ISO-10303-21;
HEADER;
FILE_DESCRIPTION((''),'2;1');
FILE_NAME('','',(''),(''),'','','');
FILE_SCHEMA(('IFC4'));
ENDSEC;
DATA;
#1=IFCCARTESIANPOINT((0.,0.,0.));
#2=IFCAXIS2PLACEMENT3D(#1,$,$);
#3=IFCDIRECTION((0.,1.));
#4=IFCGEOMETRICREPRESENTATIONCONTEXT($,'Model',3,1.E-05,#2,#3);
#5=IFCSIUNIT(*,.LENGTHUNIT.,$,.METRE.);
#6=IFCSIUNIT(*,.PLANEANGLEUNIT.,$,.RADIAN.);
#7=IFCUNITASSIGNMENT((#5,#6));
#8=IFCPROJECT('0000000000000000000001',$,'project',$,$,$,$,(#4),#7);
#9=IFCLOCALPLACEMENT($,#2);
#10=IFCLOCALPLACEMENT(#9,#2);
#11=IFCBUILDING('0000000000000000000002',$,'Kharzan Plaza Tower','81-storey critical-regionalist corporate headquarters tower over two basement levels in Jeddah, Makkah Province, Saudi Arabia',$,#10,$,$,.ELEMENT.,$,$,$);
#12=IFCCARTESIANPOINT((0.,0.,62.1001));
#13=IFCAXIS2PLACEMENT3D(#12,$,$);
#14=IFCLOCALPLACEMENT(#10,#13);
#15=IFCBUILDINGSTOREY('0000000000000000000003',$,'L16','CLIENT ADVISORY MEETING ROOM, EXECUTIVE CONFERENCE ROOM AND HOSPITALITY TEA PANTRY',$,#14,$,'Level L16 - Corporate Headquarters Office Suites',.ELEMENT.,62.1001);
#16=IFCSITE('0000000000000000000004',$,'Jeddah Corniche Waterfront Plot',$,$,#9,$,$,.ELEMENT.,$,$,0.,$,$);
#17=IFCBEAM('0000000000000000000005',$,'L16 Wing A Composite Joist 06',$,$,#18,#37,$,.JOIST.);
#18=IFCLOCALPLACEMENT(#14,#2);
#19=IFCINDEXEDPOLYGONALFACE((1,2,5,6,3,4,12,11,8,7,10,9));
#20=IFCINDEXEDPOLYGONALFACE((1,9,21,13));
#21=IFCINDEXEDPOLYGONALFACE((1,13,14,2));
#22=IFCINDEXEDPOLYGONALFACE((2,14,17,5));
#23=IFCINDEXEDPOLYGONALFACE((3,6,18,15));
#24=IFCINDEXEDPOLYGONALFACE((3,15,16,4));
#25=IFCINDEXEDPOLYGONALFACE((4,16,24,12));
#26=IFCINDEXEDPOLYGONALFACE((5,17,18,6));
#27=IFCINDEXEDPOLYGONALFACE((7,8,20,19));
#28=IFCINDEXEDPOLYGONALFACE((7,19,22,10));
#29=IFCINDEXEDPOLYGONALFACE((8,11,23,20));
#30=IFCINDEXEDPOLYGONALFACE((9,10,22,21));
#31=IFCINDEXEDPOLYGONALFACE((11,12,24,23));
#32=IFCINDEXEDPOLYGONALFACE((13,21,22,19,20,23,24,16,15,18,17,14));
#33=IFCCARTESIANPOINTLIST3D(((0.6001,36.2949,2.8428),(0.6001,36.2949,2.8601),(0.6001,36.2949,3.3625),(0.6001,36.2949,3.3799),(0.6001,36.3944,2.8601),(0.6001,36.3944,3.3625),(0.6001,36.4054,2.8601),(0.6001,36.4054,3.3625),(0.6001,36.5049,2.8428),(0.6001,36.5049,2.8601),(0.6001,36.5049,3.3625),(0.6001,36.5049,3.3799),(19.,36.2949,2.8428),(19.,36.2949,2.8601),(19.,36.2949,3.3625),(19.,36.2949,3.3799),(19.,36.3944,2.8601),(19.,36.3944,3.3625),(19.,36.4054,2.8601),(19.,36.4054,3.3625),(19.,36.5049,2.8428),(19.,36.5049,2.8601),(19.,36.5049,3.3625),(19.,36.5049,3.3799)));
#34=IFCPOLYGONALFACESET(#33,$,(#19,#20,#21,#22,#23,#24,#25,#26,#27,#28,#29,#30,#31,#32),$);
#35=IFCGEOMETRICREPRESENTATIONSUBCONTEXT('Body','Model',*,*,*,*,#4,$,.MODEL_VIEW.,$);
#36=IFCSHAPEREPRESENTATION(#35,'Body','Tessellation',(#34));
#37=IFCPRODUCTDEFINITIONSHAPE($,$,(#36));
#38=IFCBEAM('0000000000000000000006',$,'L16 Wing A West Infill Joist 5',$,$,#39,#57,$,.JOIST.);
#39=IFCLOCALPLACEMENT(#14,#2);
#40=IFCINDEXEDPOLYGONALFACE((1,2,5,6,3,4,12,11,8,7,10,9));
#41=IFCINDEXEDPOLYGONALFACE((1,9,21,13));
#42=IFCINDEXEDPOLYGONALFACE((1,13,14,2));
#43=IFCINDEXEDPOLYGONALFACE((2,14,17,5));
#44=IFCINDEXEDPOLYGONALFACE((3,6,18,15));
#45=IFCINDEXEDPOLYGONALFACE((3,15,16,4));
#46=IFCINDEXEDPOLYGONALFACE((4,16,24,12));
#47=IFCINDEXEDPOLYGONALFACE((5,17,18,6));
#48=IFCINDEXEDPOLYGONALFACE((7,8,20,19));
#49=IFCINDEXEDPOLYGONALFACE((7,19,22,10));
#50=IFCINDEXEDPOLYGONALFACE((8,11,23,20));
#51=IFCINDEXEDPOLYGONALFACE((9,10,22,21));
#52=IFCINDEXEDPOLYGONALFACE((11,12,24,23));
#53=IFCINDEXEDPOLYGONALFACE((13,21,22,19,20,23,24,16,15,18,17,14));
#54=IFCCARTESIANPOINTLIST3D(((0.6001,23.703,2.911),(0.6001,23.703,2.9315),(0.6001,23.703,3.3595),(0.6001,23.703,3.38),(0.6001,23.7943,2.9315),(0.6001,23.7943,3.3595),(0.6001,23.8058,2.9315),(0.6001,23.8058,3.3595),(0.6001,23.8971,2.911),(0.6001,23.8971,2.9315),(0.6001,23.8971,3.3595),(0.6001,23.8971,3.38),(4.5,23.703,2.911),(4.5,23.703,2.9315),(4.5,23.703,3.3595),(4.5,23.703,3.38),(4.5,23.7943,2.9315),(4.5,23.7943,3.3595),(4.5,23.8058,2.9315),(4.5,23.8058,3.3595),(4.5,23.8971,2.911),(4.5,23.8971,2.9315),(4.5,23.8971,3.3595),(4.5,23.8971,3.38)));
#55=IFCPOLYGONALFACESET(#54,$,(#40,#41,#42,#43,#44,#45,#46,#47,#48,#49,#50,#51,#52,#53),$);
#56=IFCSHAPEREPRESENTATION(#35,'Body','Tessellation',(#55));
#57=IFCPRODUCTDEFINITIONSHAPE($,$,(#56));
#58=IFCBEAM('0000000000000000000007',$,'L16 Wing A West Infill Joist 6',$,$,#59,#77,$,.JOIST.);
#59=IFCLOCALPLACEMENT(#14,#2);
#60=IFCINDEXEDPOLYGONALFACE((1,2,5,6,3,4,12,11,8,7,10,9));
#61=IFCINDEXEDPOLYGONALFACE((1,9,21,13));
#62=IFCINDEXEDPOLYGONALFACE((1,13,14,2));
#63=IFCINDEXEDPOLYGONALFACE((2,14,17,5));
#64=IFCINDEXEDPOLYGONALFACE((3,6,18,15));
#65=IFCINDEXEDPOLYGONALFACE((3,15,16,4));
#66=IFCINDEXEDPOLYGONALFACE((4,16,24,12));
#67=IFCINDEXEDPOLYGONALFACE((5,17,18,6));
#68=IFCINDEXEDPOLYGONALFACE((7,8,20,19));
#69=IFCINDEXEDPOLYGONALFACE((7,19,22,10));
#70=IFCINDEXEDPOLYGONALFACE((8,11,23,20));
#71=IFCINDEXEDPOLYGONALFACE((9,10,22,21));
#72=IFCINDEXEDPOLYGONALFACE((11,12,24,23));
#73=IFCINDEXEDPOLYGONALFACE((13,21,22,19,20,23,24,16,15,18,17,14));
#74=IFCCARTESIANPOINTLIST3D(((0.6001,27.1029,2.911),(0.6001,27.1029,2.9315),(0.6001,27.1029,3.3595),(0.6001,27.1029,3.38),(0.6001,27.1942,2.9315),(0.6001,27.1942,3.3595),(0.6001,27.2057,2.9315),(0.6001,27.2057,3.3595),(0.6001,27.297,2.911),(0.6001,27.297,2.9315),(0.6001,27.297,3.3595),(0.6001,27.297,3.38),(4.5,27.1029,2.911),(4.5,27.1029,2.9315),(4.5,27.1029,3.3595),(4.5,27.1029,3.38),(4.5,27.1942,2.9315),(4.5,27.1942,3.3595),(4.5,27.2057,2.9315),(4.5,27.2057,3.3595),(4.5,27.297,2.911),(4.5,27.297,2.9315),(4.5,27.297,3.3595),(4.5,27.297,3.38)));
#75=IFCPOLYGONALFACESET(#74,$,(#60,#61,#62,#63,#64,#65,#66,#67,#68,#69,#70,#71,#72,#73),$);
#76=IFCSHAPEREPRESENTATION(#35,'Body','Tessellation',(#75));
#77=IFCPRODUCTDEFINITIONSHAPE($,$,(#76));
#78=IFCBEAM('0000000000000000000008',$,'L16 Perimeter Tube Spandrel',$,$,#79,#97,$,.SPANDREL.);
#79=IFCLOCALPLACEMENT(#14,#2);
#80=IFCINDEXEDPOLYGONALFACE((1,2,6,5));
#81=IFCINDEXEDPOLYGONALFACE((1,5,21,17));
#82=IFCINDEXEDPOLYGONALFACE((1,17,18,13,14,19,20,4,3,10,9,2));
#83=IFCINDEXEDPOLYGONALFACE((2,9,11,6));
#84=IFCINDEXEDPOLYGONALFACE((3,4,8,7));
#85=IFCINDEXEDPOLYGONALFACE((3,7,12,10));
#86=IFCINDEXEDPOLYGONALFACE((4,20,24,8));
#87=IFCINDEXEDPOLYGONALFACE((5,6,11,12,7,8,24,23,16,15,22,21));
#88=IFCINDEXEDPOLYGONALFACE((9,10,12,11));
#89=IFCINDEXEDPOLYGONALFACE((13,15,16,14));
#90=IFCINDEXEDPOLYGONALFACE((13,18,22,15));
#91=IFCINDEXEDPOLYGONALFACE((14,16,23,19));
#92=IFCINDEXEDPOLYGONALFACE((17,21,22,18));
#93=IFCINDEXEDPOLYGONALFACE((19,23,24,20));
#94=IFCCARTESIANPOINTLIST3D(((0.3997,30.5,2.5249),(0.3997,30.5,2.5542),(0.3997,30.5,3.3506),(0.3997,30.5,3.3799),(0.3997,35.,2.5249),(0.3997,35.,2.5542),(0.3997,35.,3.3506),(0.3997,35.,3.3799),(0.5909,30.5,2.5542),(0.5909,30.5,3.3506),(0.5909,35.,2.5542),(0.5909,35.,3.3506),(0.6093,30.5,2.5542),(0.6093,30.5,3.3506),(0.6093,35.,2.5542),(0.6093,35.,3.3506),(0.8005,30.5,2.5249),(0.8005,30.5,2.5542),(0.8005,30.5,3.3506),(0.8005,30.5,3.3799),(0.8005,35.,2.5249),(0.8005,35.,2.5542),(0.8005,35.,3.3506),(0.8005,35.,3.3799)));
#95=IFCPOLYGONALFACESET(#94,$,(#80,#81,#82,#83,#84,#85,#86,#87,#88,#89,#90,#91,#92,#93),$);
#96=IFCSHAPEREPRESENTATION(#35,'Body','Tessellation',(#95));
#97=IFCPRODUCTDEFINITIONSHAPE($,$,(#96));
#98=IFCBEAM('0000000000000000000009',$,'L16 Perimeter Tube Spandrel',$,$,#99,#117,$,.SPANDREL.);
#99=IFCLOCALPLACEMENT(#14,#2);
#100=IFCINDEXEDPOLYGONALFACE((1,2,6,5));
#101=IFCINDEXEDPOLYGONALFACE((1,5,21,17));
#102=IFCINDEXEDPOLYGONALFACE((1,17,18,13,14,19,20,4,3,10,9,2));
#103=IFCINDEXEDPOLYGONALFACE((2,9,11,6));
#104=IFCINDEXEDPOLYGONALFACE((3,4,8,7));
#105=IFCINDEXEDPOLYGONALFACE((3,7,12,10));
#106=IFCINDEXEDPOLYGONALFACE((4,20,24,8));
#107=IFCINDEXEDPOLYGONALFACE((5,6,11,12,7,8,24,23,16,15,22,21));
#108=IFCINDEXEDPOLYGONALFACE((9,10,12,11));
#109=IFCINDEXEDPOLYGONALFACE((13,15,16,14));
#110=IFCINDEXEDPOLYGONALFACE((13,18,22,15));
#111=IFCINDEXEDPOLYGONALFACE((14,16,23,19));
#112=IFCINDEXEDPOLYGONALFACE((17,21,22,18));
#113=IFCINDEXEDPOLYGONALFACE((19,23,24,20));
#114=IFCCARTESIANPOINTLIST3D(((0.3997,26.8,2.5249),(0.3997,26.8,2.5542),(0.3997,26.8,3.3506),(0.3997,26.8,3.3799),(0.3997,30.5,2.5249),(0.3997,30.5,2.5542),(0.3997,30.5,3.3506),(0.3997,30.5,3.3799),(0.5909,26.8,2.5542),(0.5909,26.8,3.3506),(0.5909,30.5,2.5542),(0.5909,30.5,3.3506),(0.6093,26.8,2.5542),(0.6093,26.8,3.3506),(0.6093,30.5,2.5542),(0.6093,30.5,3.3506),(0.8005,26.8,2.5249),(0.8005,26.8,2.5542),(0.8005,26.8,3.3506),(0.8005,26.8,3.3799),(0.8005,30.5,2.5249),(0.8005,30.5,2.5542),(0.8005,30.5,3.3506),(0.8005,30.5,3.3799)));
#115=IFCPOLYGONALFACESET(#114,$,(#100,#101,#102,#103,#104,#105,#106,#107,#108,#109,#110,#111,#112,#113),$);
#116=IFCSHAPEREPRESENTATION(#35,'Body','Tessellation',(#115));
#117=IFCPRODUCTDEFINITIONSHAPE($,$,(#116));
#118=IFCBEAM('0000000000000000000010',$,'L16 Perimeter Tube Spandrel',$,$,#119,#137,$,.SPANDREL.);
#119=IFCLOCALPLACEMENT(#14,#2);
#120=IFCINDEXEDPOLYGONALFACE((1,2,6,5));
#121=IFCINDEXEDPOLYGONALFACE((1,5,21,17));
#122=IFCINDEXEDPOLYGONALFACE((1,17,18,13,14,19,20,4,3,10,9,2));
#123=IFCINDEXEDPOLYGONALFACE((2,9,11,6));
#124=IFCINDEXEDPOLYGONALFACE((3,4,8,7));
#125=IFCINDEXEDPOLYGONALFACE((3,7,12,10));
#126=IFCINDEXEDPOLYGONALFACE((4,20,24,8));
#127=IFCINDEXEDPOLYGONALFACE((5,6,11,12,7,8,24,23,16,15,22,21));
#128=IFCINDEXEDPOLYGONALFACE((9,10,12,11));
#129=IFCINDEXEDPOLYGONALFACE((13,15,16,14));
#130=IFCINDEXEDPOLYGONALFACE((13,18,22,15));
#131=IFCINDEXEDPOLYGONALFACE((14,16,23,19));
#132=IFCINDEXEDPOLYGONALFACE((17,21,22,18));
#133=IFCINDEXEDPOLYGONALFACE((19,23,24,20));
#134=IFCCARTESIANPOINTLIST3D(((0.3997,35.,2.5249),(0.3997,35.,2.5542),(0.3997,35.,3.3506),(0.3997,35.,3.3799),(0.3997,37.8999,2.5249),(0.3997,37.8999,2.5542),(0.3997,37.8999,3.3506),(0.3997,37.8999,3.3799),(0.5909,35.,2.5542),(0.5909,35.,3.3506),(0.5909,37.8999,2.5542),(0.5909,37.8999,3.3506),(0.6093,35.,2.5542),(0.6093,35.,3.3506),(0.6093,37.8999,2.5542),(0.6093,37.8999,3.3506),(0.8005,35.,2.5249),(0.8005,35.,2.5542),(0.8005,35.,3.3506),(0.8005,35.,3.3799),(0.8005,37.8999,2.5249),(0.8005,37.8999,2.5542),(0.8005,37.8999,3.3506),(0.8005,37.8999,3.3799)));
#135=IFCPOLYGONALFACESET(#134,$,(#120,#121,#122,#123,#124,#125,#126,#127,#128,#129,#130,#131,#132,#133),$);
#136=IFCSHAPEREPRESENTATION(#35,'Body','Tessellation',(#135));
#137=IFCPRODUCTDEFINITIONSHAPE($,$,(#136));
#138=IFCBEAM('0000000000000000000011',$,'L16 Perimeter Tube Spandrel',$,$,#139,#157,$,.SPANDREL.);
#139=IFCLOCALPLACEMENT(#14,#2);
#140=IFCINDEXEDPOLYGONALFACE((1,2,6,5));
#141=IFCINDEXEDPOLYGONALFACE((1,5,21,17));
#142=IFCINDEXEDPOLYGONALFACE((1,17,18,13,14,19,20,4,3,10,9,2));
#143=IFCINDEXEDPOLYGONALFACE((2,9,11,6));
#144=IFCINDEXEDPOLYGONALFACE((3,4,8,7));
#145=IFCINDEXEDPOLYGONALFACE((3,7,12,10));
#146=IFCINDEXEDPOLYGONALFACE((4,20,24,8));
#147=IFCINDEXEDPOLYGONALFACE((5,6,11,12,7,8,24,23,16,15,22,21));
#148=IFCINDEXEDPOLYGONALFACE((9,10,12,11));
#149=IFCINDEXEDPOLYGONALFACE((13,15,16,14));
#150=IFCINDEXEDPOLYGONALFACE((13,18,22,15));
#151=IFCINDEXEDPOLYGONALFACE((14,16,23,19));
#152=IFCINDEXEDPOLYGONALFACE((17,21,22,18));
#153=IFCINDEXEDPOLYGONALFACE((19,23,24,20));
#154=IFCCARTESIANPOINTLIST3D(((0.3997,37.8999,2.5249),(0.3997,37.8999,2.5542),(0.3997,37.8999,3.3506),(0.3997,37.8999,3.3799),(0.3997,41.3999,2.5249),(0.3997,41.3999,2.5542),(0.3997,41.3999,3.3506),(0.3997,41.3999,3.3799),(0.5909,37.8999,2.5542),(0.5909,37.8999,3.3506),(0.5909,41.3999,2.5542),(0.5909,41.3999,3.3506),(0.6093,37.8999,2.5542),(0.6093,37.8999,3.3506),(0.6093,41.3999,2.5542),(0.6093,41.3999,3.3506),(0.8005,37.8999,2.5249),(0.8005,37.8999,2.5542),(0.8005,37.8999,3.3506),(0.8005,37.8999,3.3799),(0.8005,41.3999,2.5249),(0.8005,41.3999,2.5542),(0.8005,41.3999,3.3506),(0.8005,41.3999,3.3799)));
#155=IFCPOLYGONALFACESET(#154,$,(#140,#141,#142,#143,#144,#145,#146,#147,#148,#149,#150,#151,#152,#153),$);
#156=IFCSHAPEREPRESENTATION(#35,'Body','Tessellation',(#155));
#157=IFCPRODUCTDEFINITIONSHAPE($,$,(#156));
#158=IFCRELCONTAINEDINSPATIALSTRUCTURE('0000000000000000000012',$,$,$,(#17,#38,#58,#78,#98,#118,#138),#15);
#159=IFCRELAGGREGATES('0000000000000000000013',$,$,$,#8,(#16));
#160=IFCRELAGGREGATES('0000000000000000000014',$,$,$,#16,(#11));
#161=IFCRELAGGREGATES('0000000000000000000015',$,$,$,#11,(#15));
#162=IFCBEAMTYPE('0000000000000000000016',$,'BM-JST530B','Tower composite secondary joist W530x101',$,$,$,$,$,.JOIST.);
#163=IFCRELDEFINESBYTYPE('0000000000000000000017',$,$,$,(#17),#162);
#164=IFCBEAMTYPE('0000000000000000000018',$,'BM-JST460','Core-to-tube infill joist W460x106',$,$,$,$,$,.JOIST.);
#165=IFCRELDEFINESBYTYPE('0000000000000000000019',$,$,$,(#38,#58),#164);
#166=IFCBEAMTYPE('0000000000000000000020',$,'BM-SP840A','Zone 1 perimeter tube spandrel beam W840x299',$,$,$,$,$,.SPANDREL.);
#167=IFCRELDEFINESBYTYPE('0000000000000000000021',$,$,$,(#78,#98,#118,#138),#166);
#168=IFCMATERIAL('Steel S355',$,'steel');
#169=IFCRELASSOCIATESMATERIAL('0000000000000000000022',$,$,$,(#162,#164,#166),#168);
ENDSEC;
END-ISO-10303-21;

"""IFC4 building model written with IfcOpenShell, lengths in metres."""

from ifc_helpers import new_model, si_unit, direction, frame, origin, origin_2d, place, context, subcontext, project, spatial, i_section, extrude, source, transform, mapped, material, material_profile, profile_set, type_object, element, save


model = new_model("IFC4")

# Units and contexts
model_context = context("Model", 3, precision=1e-05, world=origin(), true_north=direction((0.0, 1.0)))
body_context = subcontext(model_context, "Body", "Model", "MODEL_VIEW")
ifc_project = project(units=[si_unit("LENGTHUNIT", "METRE"), si_unit("PLANEANGLEUNIT", "RADIAN")], contexts=[model_context])

# Site, building, storey
site_placement = place(None, origin())
site = spatial("IfcSite", under=ifc_project, at=site_placement, Name="Jeddah Corniche Waterfront Plot", CompositionType="ELEMENT", RefElevation=0.0)
building_placement = place(site_placement, origin())
building = spatial("IfcBuilding", under=site, at=building_placement, Name="Kharzan Plaza Tower", Description="81-storey critical-regionalist corporate headquarters tower over two basement levels in Jeddah, Makkah Province, Saudi Arabia", CompositionType="ELEMENT")
storey_placement = place(building_placement, frame((0.0, 0.0, 62.1001)))
storey = spatial("IfcBuildingStorey", under=building, at=storey_placement, Name="L16", Description="CLIENT ADVISORY MEETING ROOM, EXECUTIVE CONFERENCE ROOM AND HOSPITALITY TEA PANTRY", LongName="Level L16 - Corporate Headquarters Office Suites", CompositionType="ELEMENT", Elevation=62.1001)

# Beams
ifc_material_1 = material(Name="Steel S355", Category="steel")
ifc_material_profile_1 = material_profile(ifc_material_1, i_section(OverallWidth=0.21, OverallDepth=0.5371, WebThickness=0.011, FlangeThickness=0.0173, at=origin_2d()), Name="W530x101")
ifc_profile_set_1 = profile_set([ifc_material_profile_1], Name="Steel S355")
beam_type_1 = type_object("IfcBeamType", Name="BM-JST530B", Description="Tower composite secondary joist W530x101", PredefinedType="JOIST", material=ifc_profile_set_1)
shared_shape_1 = source(origin(), body_context, "Body", "SweptSolid", [
    extrude(i_section(OverallWidth=0.21, OverallDepth=0.5371, WebThickness=0.011, FlangeThickness=0.0173, at=origin_2d()), origin(), (0.0, 0.0, 1.0), 18.3999),
])
for number, where, z_axis, x_axis, name in (
    (1, (0.6001, 36.3999, 3.1113), (1.0, 0.0, 0.0), (0.0, 1.0, 0.0), "L16 Wing A Composite Joist 06"),
):
    element("IfcBeam", number, at=place(storey_placement, frame(where, z_axis=z_axis, x_axis=x_axis)), inside=storey, type_object=beam_type_1, Name=name, PredefinedType="JOIST", context=body_context, shape_type="MappedRepresentation", body=[
        mapped(shared_shape_1, transform((0.0, 0.0, 0.0), x_axis=(1.0, 0.0, 0.0), y_axis=(0.0, 1.0, 0.0), z_axis=(0.0, 0.0, 1.0))),
    ])
ifc_material_profile_2 = material_profile(ifc_material_1, i_section(OverallWidth=0.1941, OverallDepth=0.469, WebThickness=0.0115, FlangeThickness=0.0205, at=origin_2d()), Name="W460x106")
ifc_profile_set_2 = profile_set([ifc_material_profile_2], Name="Steel S355")
beam_type_2 = type_object("IfcBeamType", Name="BM-JST460", Description="Core-to-tube infill joist W460x106", PredefinedType="JOIST", material=ifc_profile_set_2)
shared_shape_2 = source(origin(), body_context, "Body", "SweptSolid", [
    extrude(i_section(OverallWidth=0.1941, OverallDepth=0.469, WebThickness=0.0115, FlangeThickness=0.0205, at=origin_2d()), origin(), (0.0, 0.0, 1.0), 3.8999),
])
for number, where, z_axis, x_axis, name in (
    (2, (0.6001, 23.8, 3.1455), (1.0, 0.0, 0.0), (0.0, 1.0, 0.0), "L16 Wing A West Infill Joist 5"),
    (3, (0.6001, 27.2, 3.1455), (1.0, 0.0, 0.0), (0.0, 1.0, 0.0), "L16 Wing A West Infill Joist 6"),
):
    element("IfcBeam", number, at=place(storey_placement, frame(where, z_axis=z_axis, x_axis=x_axis)), inside=storey, type_object=beam_type_2, Name=name, PredefinedType="JOIST", context=body_context, shape_type="MappedRepresentation", body=[
        mapped(shared_shape_2, transform((0.0, 0.0, 0.0), x_axis=(1.0, 0.0, 0.0), y_axis=(0.0, 1.0, 0.0), z_axis=(0.0, 0.0, 1.0))),
    ])
ifc_material_profile_3 = material_profile(ifc_material_1, i_section(OverallWidth=0.4009, OverallDepth=0.855, WebThickness=0.0183, FlangeThickness=0.0293, at=origin_2d()), Name="W840x299")
ifc_profile_set_3 = profile_set([ifc_material_profile_3], Name="Steel S355")
beam_type_3 = type_object("IfcBeamType", Name="BM-SP840A", Description="Zone 1 perimeter tube spandrel beam W840x299", PredefinedType="SPANDREL", material=ifc_profile_set_3)
shared_shape_3 = source(origin(), body_context, "Body", "SweptSolid", [
    extrude(i_section(OverallWidth=0.4009, OverallDepth=0.855, WebThickness=0.0183, FlangeThickness=0.0293, at=origin_2d()), origin(), (0.0, 0.0, 1.0), 4.5),
])
beam_1_placement = place(storey_placement, frame((0.6001, 30.5, 2.9524), z_axis=(0.0, 1.0, 0.0), x_axis=(-1.0, 0.0, 0.0)))
element("IfcBeam", 4, at=beam_1_placement, inside=storey, type_object=beam_type_3, Name="L16 Perimeter Tube Spandrel", PredefinedType="SPANDREL", context=body_context, shape_type="MappedRepresentation", body=[
    mapped(shared_shape_3, transform((0.0, 0.0, 0.0), x_axis=(1.0, 0.0, 0.0), y_axis=(0.0, 1.0, 0.0), z_axis=(0.0, 0.0, 1.0))),
])
shared_shape_4 = source(origin(), body_context, "Body", "SweptSolid", [
    extrude(i_section(OverallWidth=0.4009, OverallDepth=0.855, WebThickness=0.0183, FlangeThickness=0.0293, at=origin_2d()), origin(), (0.0, 0.0, 1.0), 3.7),
])
beam_2_placement = place(storey_placement, frame((0.6001, 26.8, 2.9524), z_axis=(0.0, 1.0, 0.0), x_axis=(-1.0, 0.0, 0.0)))
element("IfcBeam", 5, at=beam_2_placement, inside=storey, type_object=beam_type_3, Name="L16 Perimeter Tube Spandrel", PredefinedType="SPANDREL", context=body_context, shape_type="MappedRepresentation", body=[
    mapped(shared_shape_4, transform((0.0, 0.0, 0.0), x_axis=(1.0, 0.0, 0.0), y_axis=(0.0, 1.0, 0.0), z_axis=(0.0, 0.0, 1.0))),
])
shared_shape_5 = source(origin(), body_context, "Body", "SweptSolid", [
    extrude(i_section(OverallWidth=0.4009, OverallDepth=0.855, WebThickness=0.0183, FlangeThickness=0.0293, at=origin_2d()), origin(), (0.0, 0.0, 1.0), 2.8999),
])
beam_3_placement = place(storey_placement, frame((0.6001, 35.0, 2.9524), z_axis=(0.0, 1.0, 0.0), x_axis=(-1.0, 0.0, 0.0)))
element("IfcBeam", 6, at=beam_3_placement, inside=storey, type_object=beam_type_3, Name="L16 Perimeter Tube Spandrel", PredefinedType="SPANDREL", context=body_context, shape_type="MappedRepresentation", body=[
    mapped(shared_shape_5, transform((0.0, 0.0, 0.0), x_axis=(1.0, 0.0, 0.0), y_axis=(0.0, 1.0, 0.0), z_axis=(0.0, 0.0, 1.0))),
])
shared_shape_6 = source(origin(), body_context, "Body", "SweptSolid", [
    extrude(i_section(OverallWidth=0.4009, OverallDepth=0.855, WebThickness=0.0183, FlangeThickness=0.0293, at=origin_2d()), origin(), (0.0, 0.0, 1.0), 3.5),
])
beam_4_placement = place(storey_placement, frame((0.6001, 37.8999, 2.9524), z_axis=(0.0, 1.0, 0.0), x_axis=(-1.0, 0.0, 0.0)))
element("IfcBeam", 7, at=beam_4_placement, inside=storey, type_object=beam_type_3, Name="L16 Perimeter Tube Spandrel", PredefinedType="SPANDREL", context=body_context, shape_type="MappedRepresentation", body=[
    mapped(shared_shape_6, transform((0.0, 0.0, 0.0), x_axis=(1.0, 0.0, 0.0), y_axis=(0.0, 1.0, 0.0), z_axis=(0.0, 0.0, 1.0))),
])

save(model, "model.ifc")
